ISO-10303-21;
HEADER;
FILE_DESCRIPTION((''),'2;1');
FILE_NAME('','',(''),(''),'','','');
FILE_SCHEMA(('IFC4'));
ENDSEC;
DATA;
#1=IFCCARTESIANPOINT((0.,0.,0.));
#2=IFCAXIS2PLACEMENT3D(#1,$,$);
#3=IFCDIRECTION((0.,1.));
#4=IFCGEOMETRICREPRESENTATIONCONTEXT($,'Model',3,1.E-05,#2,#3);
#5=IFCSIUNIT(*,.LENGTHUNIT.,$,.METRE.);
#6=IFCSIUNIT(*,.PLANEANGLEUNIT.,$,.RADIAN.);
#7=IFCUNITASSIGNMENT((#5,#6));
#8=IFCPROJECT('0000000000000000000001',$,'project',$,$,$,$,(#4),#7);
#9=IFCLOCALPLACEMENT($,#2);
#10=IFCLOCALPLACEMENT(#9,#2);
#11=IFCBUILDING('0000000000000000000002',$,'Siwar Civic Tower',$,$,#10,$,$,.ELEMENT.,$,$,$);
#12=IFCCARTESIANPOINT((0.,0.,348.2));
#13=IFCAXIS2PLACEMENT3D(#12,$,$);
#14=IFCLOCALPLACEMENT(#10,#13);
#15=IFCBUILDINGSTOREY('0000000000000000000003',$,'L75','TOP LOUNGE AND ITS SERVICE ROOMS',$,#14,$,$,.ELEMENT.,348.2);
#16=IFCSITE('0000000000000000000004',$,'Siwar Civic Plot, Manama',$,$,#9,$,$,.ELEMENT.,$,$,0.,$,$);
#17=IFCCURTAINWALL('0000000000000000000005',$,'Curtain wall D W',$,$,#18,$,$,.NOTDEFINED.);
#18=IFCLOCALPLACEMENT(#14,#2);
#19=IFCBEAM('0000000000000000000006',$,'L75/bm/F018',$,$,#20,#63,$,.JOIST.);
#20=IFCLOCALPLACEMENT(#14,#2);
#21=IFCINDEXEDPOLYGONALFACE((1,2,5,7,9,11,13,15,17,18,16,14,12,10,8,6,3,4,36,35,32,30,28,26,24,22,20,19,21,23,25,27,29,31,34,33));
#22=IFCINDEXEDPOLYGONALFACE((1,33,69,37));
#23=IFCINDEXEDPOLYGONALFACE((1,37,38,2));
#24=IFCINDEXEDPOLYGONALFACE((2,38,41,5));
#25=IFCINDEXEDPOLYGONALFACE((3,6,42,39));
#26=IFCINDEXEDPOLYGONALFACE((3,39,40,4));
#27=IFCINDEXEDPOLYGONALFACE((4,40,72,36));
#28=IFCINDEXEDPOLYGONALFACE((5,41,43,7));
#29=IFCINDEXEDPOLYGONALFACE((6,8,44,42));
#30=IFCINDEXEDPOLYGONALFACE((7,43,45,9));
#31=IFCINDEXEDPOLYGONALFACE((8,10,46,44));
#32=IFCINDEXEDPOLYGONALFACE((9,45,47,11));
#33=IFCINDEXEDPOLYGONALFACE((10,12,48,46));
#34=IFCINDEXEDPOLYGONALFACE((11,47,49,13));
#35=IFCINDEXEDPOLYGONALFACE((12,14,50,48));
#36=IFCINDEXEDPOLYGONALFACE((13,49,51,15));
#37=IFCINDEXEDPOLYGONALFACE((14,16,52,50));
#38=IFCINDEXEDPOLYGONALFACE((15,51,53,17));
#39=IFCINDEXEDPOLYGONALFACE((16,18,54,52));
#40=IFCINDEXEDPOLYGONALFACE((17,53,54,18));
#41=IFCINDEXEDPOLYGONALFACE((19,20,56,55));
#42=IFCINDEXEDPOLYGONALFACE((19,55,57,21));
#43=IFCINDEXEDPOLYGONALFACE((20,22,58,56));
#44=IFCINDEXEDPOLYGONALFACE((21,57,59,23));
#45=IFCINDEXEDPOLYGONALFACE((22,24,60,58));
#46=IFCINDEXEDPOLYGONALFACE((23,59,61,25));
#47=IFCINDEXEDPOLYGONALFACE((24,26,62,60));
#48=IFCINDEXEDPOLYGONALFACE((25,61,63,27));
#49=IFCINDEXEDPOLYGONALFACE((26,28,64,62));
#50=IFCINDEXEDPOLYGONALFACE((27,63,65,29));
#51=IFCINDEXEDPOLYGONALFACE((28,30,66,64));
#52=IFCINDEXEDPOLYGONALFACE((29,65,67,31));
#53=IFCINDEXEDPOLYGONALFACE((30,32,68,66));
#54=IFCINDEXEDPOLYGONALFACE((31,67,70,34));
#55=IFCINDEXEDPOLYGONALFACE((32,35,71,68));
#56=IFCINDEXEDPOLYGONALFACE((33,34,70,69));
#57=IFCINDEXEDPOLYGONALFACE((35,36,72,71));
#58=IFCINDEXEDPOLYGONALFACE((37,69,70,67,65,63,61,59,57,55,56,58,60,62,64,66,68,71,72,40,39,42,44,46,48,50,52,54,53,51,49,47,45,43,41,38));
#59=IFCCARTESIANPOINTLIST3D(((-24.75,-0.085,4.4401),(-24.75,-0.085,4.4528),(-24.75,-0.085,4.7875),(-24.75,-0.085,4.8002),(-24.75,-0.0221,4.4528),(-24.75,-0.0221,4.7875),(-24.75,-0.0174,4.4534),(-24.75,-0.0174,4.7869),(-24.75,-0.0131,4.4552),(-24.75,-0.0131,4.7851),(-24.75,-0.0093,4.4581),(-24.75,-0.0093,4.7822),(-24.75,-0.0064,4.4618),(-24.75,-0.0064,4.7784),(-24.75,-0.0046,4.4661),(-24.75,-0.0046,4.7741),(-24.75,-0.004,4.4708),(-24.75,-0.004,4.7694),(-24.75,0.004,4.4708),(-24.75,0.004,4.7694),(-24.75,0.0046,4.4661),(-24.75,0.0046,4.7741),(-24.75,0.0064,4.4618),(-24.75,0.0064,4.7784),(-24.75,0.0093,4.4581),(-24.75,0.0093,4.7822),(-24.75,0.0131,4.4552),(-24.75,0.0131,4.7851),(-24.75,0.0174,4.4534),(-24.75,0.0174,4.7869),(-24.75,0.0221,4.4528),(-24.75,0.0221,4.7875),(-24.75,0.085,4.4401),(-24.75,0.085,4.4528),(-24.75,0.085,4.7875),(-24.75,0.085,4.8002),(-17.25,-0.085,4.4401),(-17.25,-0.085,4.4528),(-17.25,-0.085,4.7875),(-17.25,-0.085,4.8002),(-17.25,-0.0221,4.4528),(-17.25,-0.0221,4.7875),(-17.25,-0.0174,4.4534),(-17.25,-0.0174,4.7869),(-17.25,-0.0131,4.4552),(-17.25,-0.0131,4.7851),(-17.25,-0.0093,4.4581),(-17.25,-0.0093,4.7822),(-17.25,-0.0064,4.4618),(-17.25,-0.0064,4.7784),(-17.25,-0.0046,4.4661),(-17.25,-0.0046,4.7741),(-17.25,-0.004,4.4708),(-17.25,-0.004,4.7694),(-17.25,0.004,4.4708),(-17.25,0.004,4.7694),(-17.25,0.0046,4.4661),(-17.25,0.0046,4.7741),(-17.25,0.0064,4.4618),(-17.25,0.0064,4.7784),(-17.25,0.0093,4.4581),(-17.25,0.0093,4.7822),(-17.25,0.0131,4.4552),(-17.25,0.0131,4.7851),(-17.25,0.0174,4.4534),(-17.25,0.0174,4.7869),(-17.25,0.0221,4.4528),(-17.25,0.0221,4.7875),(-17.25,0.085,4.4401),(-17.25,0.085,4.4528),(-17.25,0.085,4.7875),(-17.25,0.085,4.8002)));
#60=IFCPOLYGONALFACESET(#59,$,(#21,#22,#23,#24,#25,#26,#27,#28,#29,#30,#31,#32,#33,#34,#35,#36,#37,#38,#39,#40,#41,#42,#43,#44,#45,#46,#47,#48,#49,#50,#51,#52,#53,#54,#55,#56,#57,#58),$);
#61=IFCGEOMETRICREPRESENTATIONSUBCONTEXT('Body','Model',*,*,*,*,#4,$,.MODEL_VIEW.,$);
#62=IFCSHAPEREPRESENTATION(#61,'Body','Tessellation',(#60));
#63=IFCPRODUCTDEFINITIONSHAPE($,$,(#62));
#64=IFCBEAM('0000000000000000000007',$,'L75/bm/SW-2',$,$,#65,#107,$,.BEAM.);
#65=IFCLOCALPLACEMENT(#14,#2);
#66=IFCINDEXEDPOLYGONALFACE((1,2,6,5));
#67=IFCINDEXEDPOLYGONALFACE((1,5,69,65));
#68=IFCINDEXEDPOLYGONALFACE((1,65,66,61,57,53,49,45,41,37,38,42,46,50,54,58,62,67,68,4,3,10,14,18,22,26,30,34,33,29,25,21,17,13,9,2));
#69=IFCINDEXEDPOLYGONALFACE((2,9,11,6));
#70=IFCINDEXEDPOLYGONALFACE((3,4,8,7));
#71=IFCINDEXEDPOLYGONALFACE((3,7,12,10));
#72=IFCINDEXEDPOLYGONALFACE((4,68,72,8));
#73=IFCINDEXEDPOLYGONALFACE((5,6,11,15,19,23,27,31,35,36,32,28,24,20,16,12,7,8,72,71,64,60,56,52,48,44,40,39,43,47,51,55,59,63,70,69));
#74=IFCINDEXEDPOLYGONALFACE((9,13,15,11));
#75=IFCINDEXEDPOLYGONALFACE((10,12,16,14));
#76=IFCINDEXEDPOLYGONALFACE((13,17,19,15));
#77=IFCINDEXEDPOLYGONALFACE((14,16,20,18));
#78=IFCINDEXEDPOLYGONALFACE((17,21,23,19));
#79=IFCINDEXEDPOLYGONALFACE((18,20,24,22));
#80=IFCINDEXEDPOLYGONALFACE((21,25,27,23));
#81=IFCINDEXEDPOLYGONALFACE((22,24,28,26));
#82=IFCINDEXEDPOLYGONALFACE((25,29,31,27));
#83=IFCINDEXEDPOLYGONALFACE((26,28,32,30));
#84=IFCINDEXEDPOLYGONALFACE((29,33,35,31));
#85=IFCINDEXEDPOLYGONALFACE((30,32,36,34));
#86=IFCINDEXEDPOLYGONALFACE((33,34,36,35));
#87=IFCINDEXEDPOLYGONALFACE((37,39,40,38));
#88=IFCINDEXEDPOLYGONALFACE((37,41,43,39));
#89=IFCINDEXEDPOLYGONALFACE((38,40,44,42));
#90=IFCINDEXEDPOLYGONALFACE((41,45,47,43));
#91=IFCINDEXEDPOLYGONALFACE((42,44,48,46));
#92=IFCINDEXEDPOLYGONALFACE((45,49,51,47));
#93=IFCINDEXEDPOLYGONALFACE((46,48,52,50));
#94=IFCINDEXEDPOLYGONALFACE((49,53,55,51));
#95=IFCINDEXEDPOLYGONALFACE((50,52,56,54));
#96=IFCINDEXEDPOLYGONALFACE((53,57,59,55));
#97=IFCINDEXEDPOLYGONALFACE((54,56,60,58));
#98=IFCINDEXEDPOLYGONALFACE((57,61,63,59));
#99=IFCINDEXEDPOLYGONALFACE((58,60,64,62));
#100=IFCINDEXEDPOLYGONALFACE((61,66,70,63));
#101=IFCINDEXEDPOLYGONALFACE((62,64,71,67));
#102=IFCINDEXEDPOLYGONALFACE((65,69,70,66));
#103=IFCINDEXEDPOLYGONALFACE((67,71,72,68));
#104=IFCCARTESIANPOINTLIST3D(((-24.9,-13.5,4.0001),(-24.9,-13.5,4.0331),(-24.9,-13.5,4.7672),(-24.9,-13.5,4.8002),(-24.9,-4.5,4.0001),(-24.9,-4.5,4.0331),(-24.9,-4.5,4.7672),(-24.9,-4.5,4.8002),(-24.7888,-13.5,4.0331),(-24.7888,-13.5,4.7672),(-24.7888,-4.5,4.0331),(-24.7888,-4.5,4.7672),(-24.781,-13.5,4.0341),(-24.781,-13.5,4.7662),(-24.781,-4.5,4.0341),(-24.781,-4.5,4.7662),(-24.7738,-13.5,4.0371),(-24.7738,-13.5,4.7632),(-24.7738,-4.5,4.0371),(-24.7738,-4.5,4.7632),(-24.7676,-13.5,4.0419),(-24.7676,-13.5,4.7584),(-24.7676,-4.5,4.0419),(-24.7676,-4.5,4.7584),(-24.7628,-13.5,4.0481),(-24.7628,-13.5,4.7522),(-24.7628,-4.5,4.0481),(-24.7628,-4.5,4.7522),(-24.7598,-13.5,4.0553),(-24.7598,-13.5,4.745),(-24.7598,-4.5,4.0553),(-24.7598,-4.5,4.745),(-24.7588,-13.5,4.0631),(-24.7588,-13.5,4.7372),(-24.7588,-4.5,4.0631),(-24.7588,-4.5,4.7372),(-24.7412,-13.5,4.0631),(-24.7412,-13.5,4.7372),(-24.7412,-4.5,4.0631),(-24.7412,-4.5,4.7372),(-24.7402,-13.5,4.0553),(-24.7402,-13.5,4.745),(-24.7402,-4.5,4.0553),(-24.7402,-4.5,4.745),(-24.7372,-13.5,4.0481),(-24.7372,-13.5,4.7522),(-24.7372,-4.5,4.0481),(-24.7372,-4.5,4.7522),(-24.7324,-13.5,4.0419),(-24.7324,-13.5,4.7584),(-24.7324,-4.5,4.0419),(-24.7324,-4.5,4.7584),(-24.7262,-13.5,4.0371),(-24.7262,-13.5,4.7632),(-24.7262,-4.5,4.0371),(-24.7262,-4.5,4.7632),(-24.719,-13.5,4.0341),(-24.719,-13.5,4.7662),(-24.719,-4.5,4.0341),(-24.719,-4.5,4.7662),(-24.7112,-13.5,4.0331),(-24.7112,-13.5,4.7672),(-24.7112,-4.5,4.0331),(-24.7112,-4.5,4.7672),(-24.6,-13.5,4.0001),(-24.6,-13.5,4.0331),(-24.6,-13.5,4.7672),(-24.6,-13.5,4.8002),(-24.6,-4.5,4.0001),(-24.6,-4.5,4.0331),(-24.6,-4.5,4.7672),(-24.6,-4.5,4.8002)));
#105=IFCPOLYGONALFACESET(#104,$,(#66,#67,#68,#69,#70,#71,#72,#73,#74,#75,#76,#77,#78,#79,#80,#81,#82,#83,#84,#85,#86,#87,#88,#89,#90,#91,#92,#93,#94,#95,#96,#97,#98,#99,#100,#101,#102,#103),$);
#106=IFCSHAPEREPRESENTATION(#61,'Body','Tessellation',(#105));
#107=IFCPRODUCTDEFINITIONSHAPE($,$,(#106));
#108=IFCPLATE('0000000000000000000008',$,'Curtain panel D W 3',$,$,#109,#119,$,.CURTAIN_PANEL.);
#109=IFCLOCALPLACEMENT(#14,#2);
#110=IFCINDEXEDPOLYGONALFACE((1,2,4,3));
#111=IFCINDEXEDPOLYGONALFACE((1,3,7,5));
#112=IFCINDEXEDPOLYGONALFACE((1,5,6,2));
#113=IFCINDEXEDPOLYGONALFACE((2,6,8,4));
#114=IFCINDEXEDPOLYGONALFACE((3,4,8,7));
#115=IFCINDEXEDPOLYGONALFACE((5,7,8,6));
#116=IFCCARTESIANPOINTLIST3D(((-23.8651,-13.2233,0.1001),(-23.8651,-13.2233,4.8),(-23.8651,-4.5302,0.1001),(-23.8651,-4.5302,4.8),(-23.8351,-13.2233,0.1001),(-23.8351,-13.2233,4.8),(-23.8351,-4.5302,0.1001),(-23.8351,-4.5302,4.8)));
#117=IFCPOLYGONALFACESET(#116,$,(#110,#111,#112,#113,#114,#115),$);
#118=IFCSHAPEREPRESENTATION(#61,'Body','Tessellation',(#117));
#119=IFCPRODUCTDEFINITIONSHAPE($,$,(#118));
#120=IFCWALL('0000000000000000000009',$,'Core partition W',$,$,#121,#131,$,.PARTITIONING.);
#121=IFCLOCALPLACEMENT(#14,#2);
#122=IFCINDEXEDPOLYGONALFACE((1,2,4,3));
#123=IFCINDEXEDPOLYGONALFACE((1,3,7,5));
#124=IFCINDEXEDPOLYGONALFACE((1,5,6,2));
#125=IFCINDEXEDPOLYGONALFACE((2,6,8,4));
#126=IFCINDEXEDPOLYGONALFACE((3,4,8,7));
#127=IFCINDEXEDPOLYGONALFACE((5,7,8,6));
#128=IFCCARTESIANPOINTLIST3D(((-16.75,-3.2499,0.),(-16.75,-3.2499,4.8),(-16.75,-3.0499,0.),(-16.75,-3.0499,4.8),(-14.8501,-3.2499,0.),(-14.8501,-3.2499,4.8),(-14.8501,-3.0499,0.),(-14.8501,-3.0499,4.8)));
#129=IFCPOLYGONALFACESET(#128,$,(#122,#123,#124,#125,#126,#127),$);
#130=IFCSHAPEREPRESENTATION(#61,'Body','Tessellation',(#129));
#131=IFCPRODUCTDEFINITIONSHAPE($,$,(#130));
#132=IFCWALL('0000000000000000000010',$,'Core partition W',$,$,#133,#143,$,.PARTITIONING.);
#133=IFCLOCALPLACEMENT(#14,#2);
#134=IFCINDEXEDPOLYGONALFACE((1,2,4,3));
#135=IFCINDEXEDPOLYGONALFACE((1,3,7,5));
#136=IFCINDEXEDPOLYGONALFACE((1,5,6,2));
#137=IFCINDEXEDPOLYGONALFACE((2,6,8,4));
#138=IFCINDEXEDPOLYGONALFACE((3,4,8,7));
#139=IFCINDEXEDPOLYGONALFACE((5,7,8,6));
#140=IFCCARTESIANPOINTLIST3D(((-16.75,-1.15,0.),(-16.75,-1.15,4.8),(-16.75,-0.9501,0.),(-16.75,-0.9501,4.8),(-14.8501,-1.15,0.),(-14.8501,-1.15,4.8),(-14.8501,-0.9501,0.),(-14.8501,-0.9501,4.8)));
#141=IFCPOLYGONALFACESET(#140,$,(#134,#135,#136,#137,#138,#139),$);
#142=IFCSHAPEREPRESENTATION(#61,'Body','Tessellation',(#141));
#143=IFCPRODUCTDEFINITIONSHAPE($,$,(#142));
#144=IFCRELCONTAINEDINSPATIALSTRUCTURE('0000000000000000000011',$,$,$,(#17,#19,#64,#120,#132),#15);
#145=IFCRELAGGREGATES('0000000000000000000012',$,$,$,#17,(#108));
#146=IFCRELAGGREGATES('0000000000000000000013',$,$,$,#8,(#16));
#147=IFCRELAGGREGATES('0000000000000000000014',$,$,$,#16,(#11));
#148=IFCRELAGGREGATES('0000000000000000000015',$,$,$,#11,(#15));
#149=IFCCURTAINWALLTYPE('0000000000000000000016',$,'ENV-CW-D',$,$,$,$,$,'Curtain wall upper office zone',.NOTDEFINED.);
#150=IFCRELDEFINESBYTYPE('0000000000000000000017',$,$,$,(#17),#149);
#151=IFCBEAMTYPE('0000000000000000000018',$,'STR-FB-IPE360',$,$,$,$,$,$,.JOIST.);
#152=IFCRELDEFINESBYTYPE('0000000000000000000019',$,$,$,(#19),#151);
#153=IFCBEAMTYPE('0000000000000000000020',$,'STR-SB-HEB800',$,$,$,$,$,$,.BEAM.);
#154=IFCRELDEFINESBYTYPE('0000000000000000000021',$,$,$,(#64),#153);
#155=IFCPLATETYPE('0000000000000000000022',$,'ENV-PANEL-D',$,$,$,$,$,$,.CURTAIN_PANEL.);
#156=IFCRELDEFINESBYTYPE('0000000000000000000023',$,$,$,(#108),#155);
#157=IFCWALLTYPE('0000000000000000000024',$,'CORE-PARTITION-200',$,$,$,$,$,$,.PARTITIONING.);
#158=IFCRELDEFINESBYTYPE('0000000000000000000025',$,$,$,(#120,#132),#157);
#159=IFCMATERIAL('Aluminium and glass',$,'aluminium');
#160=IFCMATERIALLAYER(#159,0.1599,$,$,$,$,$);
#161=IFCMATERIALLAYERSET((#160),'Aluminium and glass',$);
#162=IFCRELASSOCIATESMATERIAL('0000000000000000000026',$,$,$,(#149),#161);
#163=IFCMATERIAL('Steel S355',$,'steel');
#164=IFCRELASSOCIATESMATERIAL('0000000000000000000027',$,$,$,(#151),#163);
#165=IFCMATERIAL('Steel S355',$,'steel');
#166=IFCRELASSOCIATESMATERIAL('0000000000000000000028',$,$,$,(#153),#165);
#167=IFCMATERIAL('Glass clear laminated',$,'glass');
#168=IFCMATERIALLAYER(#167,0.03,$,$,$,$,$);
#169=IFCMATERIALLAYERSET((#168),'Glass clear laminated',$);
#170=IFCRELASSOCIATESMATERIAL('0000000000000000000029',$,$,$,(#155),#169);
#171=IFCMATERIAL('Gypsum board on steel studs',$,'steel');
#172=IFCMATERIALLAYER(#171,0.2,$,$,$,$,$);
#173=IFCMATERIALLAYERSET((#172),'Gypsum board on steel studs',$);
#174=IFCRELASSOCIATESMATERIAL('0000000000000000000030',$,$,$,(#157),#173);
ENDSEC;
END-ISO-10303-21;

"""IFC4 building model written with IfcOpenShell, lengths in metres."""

from ifc_helpers import new_model, si_unit, direction, frame, frame_2d, origin, origin_2d, place, context, subcontext, project, spatial, rectangle, i_section, extrude, material, layer, layer_set, material_profile, profile_set, type_object, element, aggregate, save


model = new_model("IFC4")

# Units and contexts
model_context = context("Model", 3, precision=1e-05, world=origin(), true_north=direction((0.0, 1.0)))
body_context = subcontext(model_context, "Body", "Model", "MODEL_VIEW")
ifc_project = project(units=[si_unit("LENGTHUNIT", "METRE"), si_unit("PLANEANGLEUNIT", "RADIAN")], contexts=[model_context])

# Site, building, storey
site_placement = place(None, origin())
site = spatial("IfcSite", under=ifc_project, at=site_placement, Name="Siwar Civic Plot, Manama", CompositionType="ELEMENT", RefElevation=0.0)
building_placement = place(site_placement, origin())
building = spatial("IfcBuilding", under=site, at=building_placement, Name="Siwar Civic Tower", CompositionType="ELEMENT")
storey_placement = place(building_placement, frame((0.0, 0.0, 348.2)))
storey = spatial("IfcBuildingStorey", under=building, at=storey_placement, Name="L75", Description="TOP LOUNGE AND ITS SERVICE ROOMS", CompositionType="ELEMENT", Elevation=348.2)

# Curtain wall
ifc_material_1 = material(Name="Aluminium and glass", Category="aluminium")
ifc_layer_1 = layer(ifc_material_1, 0.1599)
ifc_layer_set_1 = layer_set([ifc_layer_1], Name="Aluminium and glass")
curtain_wall_type_1 = type_object("IfcCurtainWallType", Name="ENV-CW-D", ElementType="Curtain wall upper office zone", PredefinedType="NOTDEFINED", material=ifc_layer_set_1)
curtain_wall_1_placement = place(storey_placement, origin())
curtain_wall_1 = element("IfcCurtainWall", 1, at=curtain_wall_1_placement, inside=storey, type_object=curtain_wall_type_1, Name="Curtain wall D W", PredefinedType="NOTDEFINED")

# Beams
ifc_material_2 = material(Name="Steel S355", Category="steel")
ifc_material_profile_1 = material_profile(ifc_material_2, i_section(OverallWidth=0.1699, OverallDepth=0.3601, WebThickness=0.0081, FlangeThickness=0.0127, FilletRadius=0.0181, at=origin_2d()), Name="IPE360")
ifc_profile_set_1 = profile_set([ifc_material_profile_1], Name="Steel S355")
beam_type_1 = type_object("IfcBeamType", Name="STR-FB-IPE360", PredefinedType="JOIST", material=ifc_profile_set_1)
for number, where, z_axis, x_axis, name in (
    (2, (-24.75, 0.0, 4.6201), (1.0, 0.0, 0.0), (0.0, 1.0, 0.0), "L75/bm/F018"),
):
    element("IfcBeam", number, at=place(storey_placement, frame(where, z_axis=z_axis, x_axis=x_axis)), inside=storey, type_object=beam_type_1, Name=name, PredefinedType="JOIST", context=body_context, shape_type="SweptSolid", body=[
        extrude(i_section(OverallWidth=0.1699, OverallDepth=0.3601, WebThickness=0.0081, FlangeThickness=0.0127, FilletRadius=0.0181, at=origin_2d()), origin(), (0.0, 0.0, 1.0), 7.5),
    ])
ifc_material_3 = material(Name="Steel S355", Category="steel")
ifc_material_profile_2 = material_profile(ifc_material_3, i_section(OverallWidth=0.3, OverallDepth=0.8, WebThickness=0.0176, FlangeThickness=0.033, FilletRadius=0.03, at=origin_2d()), Name="HEB800")
ifc_profile_set_2 = profile_set([ifc_material_profile_2], Name="Steel S355")
beam_type_2 = type_object("IfcBeamType", Name="STR-SB-HEB800", PredefinedType="BEAM", material=ifc_profile_set_2)
beam_placement = place(storey_placement, frame((-24.75, -4.5, 4.4001), z_axis=(0.0, -1.0, 0.0), x_axis=(1.0, 0.0, 0.0)))
element("IfcBeam", 3, at=beam_placement, inside=storey, type_object=beam_type_2, Name="L75/bm/SW-2", PredefinedType="BEAM", context=body_context, shape_type="SweptSolid", body=[
    extrude(i_section(OverallWidth=0.3, OverallDepth=0.8, WebThickness=0.0176, FlangeThickness=0.033, FilletRadius=0.03, at=origin_2d()), origin(), (0.0, 0.0, 1.0), 9.0),
])

# Plate
ifc_material_4 = material(Name="Glass clear laminated", Category="glass")
ifc_layer_2 = layer(ifc_material_4, 0.03)
ifc_layer_set_2 = layer_set([ifc_layer_2], Name="Glass clear laminated")
plate_type = type_object("IfcPlateType", Name="ENV-PANEL-D", PredefinedType="CURTAIN_PANEL", material=ifc_layer_set_2)
plate_placement = place(storey_placement, frame((-23.8501, -8.8767, 0.1001), z_axis=(0.0, 0.0, 1.0), x_axis=(0.0, -1.0, 0.0)))
plate = element("IfcPlate", 4, at=plate_placement, type_object=plate_type, Name="Curtain panel D W 3", PredefinedType="CURTAIN_PANEL", context=body_context, shape_type="SweptSolid", body=[
    extrude(rectangle(XDim=8.6931, YDim=0.03, at=origin_2d()), origin(), (0.0, 0.0, 1.0), 4.7),
])
aggregate(curtain_wall_1, [plate])

# Walls
ifc_material_5 = material(Name="Gypsum board on steel studs", Category="steel")
ifc_layer_3 = layer(ifc_material_5, 0.2)
ifc_layer_set_3 = layer_set([ifc_layer_3], Name="Gypsum board on steel studs")
wall_type_1 = type_object("IfcWallType", Name="CORE-PARTITION-200", PredefinedType="PARTITIONING", material=ifc_layer_set_3)
for number, where, z_axis, x_axis, name in (
    (5, (-14.8501, -3.1499, 0.0), (0.0, 0.0, 1.0), (-1.0, 0.0, 0.0), "Core partition W"),
    (6, (-14.8501, -1.05, 0.0), (0.0, 0.0, 1.0), (-1.0, 0.0, 0.0), "Core partition W"),
):
    element("IfcWall", number, at=place(storey_placement, frame(where, z_axis=z_axis, x_axis=x_axis)), inside=storey, type_object=wall_type_1, Name=name, PredefinedType="PARTITIONING", context=body_context, shape_type="SweptSolid", body=[
        extrude(rectangle(XDim=1.8999, YDim=0.2, at=frame_2d((0.95, 0.0))), origin(), (0.0, 0.0, 1.0), 4.8),
    ])

save(model, "model.ifc")
